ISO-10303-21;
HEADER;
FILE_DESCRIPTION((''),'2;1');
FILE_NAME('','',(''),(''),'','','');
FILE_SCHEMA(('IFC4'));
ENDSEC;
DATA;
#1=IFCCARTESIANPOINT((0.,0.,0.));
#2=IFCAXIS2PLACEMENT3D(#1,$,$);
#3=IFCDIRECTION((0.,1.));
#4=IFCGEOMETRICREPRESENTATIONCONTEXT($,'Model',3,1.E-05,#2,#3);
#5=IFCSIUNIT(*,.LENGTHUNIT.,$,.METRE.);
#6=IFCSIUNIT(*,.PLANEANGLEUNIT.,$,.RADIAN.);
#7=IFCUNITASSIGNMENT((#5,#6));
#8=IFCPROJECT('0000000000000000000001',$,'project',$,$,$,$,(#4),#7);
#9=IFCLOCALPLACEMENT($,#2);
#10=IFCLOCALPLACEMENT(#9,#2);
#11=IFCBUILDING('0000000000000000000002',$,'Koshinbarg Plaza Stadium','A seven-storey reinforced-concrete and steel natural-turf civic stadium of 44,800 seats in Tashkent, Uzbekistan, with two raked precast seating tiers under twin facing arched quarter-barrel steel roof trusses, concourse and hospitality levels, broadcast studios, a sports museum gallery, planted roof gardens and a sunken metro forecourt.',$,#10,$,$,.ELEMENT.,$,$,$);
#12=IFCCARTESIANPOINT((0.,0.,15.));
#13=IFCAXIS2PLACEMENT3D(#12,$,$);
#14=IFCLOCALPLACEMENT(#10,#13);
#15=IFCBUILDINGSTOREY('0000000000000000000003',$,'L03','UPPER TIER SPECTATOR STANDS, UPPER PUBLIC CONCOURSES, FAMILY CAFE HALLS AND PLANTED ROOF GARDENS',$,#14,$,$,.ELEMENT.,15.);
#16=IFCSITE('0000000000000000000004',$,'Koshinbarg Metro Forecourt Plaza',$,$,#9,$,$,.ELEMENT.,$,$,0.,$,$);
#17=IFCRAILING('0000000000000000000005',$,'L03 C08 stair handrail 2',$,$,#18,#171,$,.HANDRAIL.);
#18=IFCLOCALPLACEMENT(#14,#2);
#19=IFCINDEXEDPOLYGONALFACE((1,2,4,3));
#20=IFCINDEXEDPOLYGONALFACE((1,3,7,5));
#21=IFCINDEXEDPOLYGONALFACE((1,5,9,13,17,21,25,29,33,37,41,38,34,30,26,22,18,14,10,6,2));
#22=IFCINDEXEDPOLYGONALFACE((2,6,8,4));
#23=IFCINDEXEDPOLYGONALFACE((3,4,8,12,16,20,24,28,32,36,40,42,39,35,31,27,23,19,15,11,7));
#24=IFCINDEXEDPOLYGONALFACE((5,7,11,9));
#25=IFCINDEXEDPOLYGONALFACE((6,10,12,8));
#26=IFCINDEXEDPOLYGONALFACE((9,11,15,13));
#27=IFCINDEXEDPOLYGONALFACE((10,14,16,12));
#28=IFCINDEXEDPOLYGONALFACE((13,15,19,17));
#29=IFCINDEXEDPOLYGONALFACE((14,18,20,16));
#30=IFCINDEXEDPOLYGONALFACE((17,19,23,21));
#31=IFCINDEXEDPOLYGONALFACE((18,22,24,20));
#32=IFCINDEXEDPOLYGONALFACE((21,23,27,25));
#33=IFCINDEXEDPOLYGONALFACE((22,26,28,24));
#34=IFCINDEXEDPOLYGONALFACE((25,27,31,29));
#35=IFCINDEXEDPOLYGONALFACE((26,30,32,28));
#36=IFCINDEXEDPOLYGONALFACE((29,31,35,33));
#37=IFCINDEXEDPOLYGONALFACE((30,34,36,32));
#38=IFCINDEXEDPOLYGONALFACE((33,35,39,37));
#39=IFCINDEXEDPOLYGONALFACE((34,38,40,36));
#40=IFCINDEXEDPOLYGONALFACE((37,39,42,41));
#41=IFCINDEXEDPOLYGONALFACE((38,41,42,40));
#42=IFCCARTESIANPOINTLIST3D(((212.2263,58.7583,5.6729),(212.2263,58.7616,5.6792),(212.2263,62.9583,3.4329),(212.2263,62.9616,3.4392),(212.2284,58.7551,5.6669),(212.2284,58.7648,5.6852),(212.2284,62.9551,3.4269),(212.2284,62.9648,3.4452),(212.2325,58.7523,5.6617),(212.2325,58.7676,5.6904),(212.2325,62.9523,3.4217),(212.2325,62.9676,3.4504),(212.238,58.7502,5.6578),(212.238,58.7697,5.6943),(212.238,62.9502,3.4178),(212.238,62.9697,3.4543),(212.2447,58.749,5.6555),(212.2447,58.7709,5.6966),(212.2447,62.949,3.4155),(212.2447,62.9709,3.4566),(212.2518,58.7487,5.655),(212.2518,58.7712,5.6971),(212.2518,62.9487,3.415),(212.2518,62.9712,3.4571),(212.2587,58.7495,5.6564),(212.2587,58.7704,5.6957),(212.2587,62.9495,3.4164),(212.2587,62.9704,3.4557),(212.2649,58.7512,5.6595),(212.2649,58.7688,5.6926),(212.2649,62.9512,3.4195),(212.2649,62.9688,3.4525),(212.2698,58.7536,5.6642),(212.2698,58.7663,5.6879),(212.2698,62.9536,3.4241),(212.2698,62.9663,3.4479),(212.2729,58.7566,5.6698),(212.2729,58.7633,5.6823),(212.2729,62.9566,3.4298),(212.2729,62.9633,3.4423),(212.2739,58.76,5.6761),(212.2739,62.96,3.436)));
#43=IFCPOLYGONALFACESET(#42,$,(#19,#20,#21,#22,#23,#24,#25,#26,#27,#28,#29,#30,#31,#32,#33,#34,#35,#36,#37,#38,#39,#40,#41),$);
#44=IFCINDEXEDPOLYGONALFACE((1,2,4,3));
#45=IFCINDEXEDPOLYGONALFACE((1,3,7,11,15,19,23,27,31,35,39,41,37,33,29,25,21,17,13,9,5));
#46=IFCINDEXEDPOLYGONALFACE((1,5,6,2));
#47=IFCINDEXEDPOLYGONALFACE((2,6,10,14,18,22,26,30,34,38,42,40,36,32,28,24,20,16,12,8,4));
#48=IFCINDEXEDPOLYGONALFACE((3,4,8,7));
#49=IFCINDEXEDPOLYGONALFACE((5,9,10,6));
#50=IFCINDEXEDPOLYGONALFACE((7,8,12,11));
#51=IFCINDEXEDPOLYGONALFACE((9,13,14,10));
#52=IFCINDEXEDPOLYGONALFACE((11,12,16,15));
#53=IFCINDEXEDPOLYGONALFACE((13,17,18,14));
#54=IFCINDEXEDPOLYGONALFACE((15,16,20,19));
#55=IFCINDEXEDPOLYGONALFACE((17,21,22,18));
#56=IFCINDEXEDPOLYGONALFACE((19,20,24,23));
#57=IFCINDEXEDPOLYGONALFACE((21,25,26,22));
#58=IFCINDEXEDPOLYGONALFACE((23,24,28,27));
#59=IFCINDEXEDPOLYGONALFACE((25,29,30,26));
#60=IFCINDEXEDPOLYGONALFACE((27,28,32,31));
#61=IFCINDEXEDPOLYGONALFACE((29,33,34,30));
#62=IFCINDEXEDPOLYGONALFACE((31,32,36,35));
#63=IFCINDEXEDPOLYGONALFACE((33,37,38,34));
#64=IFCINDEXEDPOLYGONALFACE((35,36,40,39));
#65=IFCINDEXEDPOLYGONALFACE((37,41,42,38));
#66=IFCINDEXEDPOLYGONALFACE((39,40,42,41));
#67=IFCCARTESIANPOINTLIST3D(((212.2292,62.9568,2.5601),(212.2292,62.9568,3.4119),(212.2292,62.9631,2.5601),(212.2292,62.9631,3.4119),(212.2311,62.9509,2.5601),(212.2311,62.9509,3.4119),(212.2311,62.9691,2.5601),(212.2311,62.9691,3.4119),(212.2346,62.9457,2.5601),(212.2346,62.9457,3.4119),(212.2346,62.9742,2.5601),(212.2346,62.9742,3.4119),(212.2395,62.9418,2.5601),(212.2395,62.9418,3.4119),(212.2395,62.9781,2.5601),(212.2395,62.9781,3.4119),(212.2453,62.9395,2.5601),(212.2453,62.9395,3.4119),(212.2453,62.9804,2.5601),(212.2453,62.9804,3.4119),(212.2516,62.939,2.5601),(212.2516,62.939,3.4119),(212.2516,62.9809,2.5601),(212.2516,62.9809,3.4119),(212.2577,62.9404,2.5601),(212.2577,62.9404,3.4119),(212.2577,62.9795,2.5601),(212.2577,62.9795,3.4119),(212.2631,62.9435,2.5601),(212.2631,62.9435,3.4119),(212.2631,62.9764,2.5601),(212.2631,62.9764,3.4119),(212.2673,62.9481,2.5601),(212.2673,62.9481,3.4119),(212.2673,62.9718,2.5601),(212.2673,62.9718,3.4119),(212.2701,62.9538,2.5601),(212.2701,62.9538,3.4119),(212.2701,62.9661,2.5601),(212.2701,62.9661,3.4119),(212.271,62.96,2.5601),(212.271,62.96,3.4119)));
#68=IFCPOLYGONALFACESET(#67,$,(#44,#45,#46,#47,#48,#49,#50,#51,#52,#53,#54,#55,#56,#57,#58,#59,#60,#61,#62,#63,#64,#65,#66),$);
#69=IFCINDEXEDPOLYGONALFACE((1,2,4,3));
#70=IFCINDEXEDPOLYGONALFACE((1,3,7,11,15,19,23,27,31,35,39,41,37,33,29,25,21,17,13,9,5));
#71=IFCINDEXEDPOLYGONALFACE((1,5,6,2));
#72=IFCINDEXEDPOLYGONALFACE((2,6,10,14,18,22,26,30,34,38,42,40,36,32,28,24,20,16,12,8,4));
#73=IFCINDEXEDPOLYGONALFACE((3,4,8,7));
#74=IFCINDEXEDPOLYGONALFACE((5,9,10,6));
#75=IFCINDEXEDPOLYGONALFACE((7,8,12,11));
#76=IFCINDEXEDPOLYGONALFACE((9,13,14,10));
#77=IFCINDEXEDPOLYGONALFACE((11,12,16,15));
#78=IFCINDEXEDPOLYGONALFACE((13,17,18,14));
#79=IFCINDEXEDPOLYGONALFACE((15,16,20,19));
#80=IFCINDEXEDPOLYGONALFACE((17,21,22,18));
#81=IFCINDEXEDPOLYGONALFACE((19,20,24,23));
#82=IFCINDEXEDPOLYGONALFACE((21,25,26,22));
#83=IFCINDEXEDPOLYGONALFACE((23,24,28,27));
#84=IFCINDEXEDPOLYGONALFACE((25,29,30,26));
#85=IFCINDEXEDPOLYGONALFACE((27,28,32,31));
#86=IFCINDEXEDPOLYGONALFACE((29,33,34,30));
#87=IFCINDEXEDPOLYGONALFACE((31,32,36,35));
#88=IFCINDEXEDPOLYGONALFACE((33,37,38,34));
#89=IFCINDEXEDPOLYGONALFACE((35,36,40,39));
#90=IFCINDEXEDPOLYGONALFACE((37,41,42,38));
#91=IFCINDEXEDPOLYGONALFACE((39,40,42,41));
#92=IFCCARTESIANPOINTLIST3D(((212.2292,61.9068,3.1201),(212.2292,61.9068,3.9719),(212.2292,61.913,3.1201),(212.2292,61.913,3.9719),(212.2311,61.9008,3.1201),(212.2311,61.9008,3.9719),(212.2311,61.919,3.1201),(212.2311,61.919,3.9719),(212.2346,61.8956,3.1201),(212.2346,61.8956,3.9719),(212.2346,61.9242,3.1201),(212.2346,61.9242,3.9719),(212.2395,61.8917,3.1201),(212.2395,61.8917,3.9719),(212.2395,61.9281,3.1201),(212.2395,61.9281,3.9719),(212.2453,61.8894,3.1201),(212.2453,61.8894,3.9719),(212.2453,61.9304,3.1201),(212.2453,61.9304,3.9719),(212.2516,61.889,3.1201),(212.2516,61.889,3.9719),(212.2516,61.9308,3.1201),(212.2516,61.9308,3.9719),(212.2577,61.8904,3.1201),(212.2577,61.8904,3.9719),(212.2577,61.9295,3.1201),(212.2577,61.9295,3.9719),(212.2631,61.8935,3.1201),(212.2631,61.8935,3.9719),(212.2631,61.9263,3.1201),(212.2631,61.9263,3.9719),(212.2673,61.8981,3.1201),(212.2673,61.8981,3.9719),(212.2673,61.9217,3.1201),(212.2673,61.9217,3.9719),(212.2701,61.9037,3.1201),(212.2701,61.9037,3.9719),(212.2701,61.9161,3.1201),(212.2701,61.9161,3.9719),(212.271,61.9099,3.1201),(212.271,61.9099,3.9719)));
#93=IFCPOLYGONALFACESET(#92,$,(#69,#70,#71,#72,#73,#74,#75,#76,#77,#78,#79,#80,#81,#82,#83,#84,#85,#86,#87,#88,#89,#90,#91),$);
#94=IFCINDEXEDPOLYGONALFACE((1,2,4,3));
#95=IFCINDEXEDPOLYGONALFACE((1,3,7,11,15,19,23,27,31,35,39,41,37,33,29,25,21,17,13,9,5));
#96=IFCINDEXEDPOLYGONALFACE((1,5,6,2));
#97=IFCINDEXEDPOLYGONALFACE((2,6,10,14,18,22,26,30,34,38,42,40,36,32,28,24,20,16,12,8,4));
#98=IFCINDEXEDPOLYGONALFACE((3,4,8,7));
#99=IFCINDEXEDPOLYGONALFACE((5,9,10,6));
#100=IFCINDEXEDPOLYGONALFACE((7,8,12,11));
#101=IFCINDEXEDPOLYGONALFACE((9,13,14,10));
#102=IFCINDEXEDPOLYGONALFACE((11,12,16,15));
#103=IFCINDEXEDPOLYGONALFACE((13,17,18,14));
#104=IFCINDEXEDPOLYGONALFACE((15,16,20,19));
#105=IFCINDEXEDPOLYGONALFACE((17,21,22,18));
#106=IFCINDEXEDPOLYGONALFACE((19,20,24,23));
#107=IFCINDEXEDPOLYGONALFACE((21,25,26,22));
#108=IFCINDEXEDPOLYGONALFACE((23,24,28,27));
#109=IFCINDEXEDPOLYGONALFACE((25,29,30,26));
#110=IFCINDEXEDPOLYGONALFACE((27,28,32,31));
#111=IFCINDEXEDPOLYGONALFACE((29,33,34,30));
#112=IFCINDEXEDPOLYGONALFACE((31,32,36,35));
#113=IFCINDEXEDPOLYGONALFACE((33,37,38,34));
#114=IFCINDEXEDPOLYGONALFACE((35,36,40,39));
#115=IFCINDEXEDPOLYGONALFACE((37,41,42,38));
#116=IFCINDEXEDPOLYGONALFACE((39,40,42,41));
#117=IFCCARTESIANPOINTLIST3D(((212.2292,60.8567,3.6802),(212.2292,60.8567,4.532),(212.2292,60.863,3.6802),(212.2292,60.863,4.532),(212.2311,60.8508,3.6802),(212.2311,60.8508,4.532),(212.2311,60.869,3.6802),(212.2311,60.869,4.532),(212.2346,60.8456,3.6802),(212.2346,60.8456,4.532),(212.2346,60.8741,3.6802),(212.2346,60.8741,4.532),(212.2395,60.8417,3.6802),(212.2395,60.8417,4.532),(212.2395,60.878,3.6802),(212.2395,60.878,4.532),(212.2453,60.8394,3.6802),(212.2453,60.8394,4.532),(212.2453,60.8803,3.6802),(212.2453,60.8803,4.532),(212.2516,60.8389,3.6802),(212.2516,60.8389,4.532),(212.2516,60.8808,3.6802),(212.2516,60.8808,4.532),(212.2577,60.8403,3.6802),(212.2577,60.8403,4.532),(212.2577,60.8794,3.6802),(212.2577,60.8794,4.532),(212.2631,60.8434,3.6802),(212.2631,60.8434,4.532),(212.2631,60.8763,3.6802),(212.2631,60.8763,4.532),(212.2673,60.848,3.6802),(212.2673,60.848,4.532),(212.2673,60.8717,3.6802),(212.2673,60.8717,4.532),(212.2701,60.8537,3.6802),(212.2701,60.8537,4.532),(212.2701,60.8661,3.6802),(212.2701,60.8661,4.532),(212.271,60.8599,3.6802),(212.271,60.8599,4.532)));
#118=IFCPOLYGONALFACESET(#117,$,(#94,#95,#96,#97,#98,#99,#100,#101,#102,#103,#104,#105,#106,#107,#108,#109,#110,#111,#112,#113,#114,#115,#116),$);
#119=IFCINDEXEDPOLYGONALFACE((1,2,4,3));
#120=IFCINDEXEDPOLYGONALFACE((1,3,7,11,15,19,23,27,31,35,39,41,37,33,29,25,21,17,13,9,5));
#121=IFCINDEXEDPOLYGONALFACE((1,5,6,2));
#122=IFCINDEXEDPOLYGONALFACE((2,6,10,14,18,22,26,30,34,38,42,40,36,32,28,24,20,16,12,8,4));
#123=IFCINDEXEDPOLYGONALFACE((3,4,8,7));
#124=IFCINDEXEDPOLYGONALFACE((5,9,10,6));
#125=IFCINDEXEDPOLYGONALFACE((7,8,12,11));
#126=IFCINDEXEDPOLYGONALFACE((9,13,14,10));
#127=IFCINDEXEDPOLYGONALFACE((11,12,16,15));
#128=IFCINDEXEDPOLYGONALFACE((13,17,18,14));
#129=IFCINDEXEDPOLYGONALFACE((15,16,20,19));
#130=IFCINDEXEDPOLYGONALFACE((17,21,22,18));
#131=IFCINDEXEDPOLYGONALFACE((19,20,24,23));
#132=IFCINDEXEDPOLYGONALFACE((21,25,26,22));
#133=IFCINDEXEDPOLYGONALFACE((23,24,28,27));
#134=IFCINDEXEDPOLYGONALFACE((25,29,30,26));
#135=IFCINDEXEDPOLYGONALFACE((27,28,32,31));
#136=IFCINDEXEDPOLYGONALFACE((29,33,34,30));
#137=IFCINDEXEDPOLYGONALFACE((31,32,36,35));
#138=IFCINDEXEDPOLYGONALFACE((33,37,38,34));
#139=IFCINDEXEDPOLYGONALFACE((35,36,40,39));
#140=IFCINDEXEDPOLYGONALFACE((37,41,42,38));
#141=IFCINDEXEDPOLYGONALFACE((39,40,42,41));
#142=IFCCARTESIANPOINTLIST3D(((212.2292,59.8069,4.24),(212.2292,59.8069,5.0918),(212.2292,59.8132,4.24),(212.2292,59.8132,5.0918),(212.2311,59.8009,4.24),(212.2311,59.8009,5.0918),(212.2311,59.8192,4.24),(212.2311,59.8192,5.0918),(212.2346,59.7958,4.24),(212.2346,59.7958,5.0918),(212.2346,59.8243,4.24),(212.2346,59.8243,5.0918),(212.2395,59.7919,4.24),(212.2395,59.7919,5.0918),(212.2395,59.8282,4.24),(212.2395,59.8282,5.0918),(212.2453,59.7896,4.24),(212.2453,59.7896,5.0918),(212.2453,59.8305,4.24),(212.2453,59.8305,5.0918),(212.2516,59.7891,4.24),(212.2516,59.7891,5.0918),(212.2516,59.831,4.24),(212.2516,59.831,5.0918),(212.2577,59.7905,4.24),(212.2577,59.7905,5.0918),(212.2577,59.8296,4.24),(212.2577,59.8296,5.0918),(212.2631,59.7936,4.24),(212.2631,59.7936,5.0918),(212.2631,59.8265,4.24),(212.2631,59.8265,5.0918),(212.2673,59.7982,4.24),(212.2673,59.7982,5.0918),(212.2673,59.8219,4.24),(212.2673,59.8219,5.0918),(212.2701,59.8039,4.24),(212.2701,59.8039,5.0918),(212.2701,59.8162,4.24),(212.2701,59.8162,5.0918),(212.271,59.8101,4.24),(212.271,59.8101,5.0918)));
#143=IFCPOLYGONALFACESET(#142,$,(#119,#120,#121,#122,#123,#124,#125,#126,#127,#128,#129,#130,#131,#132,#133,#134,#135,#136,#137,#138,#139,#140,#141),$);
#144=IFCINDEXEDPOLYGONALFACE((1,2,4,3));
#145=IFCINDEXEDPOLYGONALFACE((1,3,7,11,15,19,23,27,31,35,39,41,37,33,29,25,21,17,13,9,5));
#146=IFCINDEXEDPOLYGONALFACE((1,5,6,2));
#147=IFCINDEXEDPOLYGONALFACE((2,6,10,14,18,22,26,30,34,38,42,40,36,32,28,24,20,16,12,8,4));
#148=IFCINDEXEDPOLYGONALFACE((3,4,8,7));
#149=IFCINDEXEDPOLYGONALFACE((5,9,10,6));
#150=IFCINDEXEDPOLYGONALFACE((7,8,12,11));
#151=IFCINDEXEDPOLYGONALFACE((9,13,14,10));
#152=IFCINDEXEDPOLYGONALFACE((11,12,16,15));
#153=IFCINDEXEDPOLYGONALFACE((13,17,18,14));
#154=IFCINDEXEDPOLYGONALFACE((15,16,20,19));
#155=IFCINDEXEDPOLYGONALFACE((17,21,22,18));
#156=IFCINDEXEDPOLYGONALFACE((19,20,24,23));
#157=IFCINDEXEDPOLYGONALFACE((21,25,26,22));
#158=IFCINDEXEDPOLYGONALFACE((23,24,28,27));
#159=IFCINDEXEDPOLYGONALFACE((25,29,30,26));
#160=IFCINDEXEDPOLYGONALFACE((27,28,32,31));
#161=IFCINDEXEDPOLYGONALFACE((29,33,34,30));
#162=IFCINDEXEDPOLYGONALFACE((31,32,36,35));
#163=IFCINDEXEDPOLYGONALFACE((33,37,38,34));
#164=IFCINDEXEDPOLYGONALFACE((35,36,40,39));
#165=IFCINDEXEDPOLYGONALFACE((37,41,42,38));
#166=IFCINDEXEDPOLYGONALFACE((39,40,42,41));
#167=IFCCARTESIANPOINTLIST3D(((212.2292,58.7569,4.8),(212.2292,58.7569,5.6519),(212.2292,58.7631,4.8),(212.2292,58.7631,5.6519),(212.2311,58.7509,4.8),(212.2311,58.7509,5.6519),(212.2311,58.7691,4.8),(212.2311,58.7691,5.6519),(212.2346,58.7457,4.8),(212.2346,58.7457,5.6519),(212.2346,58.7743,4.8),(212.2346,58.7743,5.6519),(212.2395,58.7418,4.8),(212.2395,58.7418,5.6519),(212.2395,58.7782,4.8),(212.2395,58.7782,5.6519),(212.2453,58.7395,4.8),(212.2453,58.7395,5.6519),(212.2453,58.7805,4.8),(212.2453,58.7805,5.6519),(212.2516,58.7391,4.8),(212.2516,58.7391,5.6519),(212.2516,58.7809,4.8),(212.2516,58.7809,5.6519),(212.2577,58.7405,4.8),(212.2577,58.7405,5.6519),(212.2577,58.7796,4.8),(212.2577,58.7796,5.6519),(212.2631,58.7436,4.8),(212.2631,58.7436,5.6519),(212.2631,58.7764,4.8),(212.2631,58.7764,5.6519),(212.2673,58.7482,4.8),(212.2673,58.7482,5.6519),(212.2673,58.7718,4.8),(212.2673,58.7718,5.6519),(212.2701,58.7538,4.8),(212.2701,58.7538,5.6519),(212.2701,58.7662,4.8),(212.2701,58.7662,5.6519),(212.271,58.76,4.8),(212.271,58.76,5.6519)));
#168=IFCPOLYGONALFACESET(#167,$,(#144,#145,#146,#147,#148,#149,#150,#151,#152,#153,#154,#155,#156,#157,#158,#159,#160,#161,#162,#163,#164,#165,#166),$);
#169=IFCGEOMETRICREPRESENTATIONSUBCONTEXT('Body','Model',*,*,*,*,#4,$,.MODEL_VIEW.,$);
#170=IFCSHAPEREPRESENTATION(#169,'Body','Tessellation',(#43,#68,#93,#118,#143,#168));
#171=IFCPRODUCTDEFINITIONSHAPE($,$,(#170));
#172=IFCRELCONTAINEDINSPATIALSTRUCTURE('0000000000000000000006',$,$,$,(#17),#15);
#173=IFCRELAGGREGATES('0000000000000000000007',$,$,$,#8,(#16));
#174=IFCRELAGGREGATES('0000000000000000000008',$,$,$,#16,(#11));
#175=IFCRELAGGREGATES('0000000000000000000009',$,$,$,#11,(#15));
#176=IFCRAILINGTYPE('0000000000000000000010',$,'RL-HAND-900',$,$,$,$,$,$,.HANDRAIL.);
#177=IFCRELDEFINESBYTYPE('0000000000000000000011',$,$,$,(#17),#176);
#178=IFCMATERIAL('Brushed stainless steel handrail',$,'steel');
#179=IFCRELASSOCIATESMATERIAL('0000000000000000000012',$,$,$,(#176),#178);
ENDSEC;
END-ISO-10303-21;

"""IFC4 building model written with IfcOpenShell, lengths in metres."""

from ifc_helpers import new_model, si_unit, direction, frame, origin, origin_2d, place, context, subcontext, project, spatial, circle, extrude, material, type_object, element, save


model = new_model("IFC4")

# Units and contexts
model_context = context("Model", 3, precision=1e-05, world=origin(), true_north=direction((0.0, 1.0)))
body_context = subcontext(model_context, "Body", "Model", "MODEL_VIEW")
ifc_project = project(units=[si_unit("LENGTHUNIT", "METRE"), si_unit("PLANEANGLEUNIT", "RADIAN")], contexts=[model_context])

# Site, building, storey
site_placement = place(None, origin())
site = spatial("IfcSite", under=ifc_project, at=site_placement, Name="Koshinbarg Metro Forecourt Plaza", CompositionType="ELEMENT", RefElevation=0.0)
building_placement = place(site_placement, origin())
building = spatial("IfcBuilding", under=site, at=building_placement, Name="Koshinbarg Plaza Stadium", Description="A seven-storey reinforced-concrete and steel natural-turf civic stadium of 44,800 seats in Tashkent, Uzbekistan, with two raked precast seating tiers under twin facing arched quarter-barrel steel roof trusses, concourse and hospitality levels, broadcast studios, a sports museum gallery, planted roof gardens and a sunken metro forecourt.", CompositionType="ELEMENT")
storey_placement = place(building_placement, frame((0.0, 0.0, 15.0)))
storey = spatial("IfcBuildingStorey", under=building, at=storey_placement, Name="L03", Description="UPPER TIER SPECTATOR STANDS, UPPER PUBLIC CONCOURSES, FAMILY CAFE HALLS AND PLANTED ROOF GARDENS", CompositionType="ELEMENT", Elevation=15.0)

# Railing
ifc_material_1 = material(Name="Brushed stainless steel handrail", Category="steel")
railing_type_1 = type_object("IfcRailingType", Name="RL-HAND-900", PredefinedType="HANDRAIL", material=ifc_material_1)
railing_1_placement = place(storey_placement, frame((212.25, 62.96, 2.5601)))
element("IfcRailing", 1, at=railing_1_placement, inside=storey, type_object=railing_type_1, Name="L03 C08 stair handrail 2", PredefinedType="HANDRAIL", context=body_context, shape_type="SweptSolid", body=[
    extrude(circle(Radius=0.0239, at=origin_2d()), frame((0.0, 0.0, 0.876), z_axis=(0.0, -0.882352, 0.470591), x_axis=(1.0, 0.0, 0.0)), (0.0, 0.0, 1.0), 4.76),
    extrude(circle(Radius=0.021, at=origin_2d()), origin(), (0.0, 0.0, 1.0), 0.8518),
    extrude(circle(Radius=0.021, at=origin_2d()), frame((0.0, -1.05, 0.5601)), (0.0, 0.0, 1.0), 0.8518),
    extrude(circle(Radius=0.021, at=origin_2d()), frame((0.0, -2.1001, 1.1201)), (0.0, 0.0, 1.0), 0.8518),
    extrude(circle(Radius=0.021, at=origin_2d()), frame((0.0, -3.1499, 1.6799)), (0.0, 0.0, 1.0), 0.8518),
    extrude(circle(Radius=0.021, at=origin_2d()), frame((0.0, -4.2, 2.24)), (0.0, 0.0, 1.0), 0.8518),
])

save(model, "model.ifc")
